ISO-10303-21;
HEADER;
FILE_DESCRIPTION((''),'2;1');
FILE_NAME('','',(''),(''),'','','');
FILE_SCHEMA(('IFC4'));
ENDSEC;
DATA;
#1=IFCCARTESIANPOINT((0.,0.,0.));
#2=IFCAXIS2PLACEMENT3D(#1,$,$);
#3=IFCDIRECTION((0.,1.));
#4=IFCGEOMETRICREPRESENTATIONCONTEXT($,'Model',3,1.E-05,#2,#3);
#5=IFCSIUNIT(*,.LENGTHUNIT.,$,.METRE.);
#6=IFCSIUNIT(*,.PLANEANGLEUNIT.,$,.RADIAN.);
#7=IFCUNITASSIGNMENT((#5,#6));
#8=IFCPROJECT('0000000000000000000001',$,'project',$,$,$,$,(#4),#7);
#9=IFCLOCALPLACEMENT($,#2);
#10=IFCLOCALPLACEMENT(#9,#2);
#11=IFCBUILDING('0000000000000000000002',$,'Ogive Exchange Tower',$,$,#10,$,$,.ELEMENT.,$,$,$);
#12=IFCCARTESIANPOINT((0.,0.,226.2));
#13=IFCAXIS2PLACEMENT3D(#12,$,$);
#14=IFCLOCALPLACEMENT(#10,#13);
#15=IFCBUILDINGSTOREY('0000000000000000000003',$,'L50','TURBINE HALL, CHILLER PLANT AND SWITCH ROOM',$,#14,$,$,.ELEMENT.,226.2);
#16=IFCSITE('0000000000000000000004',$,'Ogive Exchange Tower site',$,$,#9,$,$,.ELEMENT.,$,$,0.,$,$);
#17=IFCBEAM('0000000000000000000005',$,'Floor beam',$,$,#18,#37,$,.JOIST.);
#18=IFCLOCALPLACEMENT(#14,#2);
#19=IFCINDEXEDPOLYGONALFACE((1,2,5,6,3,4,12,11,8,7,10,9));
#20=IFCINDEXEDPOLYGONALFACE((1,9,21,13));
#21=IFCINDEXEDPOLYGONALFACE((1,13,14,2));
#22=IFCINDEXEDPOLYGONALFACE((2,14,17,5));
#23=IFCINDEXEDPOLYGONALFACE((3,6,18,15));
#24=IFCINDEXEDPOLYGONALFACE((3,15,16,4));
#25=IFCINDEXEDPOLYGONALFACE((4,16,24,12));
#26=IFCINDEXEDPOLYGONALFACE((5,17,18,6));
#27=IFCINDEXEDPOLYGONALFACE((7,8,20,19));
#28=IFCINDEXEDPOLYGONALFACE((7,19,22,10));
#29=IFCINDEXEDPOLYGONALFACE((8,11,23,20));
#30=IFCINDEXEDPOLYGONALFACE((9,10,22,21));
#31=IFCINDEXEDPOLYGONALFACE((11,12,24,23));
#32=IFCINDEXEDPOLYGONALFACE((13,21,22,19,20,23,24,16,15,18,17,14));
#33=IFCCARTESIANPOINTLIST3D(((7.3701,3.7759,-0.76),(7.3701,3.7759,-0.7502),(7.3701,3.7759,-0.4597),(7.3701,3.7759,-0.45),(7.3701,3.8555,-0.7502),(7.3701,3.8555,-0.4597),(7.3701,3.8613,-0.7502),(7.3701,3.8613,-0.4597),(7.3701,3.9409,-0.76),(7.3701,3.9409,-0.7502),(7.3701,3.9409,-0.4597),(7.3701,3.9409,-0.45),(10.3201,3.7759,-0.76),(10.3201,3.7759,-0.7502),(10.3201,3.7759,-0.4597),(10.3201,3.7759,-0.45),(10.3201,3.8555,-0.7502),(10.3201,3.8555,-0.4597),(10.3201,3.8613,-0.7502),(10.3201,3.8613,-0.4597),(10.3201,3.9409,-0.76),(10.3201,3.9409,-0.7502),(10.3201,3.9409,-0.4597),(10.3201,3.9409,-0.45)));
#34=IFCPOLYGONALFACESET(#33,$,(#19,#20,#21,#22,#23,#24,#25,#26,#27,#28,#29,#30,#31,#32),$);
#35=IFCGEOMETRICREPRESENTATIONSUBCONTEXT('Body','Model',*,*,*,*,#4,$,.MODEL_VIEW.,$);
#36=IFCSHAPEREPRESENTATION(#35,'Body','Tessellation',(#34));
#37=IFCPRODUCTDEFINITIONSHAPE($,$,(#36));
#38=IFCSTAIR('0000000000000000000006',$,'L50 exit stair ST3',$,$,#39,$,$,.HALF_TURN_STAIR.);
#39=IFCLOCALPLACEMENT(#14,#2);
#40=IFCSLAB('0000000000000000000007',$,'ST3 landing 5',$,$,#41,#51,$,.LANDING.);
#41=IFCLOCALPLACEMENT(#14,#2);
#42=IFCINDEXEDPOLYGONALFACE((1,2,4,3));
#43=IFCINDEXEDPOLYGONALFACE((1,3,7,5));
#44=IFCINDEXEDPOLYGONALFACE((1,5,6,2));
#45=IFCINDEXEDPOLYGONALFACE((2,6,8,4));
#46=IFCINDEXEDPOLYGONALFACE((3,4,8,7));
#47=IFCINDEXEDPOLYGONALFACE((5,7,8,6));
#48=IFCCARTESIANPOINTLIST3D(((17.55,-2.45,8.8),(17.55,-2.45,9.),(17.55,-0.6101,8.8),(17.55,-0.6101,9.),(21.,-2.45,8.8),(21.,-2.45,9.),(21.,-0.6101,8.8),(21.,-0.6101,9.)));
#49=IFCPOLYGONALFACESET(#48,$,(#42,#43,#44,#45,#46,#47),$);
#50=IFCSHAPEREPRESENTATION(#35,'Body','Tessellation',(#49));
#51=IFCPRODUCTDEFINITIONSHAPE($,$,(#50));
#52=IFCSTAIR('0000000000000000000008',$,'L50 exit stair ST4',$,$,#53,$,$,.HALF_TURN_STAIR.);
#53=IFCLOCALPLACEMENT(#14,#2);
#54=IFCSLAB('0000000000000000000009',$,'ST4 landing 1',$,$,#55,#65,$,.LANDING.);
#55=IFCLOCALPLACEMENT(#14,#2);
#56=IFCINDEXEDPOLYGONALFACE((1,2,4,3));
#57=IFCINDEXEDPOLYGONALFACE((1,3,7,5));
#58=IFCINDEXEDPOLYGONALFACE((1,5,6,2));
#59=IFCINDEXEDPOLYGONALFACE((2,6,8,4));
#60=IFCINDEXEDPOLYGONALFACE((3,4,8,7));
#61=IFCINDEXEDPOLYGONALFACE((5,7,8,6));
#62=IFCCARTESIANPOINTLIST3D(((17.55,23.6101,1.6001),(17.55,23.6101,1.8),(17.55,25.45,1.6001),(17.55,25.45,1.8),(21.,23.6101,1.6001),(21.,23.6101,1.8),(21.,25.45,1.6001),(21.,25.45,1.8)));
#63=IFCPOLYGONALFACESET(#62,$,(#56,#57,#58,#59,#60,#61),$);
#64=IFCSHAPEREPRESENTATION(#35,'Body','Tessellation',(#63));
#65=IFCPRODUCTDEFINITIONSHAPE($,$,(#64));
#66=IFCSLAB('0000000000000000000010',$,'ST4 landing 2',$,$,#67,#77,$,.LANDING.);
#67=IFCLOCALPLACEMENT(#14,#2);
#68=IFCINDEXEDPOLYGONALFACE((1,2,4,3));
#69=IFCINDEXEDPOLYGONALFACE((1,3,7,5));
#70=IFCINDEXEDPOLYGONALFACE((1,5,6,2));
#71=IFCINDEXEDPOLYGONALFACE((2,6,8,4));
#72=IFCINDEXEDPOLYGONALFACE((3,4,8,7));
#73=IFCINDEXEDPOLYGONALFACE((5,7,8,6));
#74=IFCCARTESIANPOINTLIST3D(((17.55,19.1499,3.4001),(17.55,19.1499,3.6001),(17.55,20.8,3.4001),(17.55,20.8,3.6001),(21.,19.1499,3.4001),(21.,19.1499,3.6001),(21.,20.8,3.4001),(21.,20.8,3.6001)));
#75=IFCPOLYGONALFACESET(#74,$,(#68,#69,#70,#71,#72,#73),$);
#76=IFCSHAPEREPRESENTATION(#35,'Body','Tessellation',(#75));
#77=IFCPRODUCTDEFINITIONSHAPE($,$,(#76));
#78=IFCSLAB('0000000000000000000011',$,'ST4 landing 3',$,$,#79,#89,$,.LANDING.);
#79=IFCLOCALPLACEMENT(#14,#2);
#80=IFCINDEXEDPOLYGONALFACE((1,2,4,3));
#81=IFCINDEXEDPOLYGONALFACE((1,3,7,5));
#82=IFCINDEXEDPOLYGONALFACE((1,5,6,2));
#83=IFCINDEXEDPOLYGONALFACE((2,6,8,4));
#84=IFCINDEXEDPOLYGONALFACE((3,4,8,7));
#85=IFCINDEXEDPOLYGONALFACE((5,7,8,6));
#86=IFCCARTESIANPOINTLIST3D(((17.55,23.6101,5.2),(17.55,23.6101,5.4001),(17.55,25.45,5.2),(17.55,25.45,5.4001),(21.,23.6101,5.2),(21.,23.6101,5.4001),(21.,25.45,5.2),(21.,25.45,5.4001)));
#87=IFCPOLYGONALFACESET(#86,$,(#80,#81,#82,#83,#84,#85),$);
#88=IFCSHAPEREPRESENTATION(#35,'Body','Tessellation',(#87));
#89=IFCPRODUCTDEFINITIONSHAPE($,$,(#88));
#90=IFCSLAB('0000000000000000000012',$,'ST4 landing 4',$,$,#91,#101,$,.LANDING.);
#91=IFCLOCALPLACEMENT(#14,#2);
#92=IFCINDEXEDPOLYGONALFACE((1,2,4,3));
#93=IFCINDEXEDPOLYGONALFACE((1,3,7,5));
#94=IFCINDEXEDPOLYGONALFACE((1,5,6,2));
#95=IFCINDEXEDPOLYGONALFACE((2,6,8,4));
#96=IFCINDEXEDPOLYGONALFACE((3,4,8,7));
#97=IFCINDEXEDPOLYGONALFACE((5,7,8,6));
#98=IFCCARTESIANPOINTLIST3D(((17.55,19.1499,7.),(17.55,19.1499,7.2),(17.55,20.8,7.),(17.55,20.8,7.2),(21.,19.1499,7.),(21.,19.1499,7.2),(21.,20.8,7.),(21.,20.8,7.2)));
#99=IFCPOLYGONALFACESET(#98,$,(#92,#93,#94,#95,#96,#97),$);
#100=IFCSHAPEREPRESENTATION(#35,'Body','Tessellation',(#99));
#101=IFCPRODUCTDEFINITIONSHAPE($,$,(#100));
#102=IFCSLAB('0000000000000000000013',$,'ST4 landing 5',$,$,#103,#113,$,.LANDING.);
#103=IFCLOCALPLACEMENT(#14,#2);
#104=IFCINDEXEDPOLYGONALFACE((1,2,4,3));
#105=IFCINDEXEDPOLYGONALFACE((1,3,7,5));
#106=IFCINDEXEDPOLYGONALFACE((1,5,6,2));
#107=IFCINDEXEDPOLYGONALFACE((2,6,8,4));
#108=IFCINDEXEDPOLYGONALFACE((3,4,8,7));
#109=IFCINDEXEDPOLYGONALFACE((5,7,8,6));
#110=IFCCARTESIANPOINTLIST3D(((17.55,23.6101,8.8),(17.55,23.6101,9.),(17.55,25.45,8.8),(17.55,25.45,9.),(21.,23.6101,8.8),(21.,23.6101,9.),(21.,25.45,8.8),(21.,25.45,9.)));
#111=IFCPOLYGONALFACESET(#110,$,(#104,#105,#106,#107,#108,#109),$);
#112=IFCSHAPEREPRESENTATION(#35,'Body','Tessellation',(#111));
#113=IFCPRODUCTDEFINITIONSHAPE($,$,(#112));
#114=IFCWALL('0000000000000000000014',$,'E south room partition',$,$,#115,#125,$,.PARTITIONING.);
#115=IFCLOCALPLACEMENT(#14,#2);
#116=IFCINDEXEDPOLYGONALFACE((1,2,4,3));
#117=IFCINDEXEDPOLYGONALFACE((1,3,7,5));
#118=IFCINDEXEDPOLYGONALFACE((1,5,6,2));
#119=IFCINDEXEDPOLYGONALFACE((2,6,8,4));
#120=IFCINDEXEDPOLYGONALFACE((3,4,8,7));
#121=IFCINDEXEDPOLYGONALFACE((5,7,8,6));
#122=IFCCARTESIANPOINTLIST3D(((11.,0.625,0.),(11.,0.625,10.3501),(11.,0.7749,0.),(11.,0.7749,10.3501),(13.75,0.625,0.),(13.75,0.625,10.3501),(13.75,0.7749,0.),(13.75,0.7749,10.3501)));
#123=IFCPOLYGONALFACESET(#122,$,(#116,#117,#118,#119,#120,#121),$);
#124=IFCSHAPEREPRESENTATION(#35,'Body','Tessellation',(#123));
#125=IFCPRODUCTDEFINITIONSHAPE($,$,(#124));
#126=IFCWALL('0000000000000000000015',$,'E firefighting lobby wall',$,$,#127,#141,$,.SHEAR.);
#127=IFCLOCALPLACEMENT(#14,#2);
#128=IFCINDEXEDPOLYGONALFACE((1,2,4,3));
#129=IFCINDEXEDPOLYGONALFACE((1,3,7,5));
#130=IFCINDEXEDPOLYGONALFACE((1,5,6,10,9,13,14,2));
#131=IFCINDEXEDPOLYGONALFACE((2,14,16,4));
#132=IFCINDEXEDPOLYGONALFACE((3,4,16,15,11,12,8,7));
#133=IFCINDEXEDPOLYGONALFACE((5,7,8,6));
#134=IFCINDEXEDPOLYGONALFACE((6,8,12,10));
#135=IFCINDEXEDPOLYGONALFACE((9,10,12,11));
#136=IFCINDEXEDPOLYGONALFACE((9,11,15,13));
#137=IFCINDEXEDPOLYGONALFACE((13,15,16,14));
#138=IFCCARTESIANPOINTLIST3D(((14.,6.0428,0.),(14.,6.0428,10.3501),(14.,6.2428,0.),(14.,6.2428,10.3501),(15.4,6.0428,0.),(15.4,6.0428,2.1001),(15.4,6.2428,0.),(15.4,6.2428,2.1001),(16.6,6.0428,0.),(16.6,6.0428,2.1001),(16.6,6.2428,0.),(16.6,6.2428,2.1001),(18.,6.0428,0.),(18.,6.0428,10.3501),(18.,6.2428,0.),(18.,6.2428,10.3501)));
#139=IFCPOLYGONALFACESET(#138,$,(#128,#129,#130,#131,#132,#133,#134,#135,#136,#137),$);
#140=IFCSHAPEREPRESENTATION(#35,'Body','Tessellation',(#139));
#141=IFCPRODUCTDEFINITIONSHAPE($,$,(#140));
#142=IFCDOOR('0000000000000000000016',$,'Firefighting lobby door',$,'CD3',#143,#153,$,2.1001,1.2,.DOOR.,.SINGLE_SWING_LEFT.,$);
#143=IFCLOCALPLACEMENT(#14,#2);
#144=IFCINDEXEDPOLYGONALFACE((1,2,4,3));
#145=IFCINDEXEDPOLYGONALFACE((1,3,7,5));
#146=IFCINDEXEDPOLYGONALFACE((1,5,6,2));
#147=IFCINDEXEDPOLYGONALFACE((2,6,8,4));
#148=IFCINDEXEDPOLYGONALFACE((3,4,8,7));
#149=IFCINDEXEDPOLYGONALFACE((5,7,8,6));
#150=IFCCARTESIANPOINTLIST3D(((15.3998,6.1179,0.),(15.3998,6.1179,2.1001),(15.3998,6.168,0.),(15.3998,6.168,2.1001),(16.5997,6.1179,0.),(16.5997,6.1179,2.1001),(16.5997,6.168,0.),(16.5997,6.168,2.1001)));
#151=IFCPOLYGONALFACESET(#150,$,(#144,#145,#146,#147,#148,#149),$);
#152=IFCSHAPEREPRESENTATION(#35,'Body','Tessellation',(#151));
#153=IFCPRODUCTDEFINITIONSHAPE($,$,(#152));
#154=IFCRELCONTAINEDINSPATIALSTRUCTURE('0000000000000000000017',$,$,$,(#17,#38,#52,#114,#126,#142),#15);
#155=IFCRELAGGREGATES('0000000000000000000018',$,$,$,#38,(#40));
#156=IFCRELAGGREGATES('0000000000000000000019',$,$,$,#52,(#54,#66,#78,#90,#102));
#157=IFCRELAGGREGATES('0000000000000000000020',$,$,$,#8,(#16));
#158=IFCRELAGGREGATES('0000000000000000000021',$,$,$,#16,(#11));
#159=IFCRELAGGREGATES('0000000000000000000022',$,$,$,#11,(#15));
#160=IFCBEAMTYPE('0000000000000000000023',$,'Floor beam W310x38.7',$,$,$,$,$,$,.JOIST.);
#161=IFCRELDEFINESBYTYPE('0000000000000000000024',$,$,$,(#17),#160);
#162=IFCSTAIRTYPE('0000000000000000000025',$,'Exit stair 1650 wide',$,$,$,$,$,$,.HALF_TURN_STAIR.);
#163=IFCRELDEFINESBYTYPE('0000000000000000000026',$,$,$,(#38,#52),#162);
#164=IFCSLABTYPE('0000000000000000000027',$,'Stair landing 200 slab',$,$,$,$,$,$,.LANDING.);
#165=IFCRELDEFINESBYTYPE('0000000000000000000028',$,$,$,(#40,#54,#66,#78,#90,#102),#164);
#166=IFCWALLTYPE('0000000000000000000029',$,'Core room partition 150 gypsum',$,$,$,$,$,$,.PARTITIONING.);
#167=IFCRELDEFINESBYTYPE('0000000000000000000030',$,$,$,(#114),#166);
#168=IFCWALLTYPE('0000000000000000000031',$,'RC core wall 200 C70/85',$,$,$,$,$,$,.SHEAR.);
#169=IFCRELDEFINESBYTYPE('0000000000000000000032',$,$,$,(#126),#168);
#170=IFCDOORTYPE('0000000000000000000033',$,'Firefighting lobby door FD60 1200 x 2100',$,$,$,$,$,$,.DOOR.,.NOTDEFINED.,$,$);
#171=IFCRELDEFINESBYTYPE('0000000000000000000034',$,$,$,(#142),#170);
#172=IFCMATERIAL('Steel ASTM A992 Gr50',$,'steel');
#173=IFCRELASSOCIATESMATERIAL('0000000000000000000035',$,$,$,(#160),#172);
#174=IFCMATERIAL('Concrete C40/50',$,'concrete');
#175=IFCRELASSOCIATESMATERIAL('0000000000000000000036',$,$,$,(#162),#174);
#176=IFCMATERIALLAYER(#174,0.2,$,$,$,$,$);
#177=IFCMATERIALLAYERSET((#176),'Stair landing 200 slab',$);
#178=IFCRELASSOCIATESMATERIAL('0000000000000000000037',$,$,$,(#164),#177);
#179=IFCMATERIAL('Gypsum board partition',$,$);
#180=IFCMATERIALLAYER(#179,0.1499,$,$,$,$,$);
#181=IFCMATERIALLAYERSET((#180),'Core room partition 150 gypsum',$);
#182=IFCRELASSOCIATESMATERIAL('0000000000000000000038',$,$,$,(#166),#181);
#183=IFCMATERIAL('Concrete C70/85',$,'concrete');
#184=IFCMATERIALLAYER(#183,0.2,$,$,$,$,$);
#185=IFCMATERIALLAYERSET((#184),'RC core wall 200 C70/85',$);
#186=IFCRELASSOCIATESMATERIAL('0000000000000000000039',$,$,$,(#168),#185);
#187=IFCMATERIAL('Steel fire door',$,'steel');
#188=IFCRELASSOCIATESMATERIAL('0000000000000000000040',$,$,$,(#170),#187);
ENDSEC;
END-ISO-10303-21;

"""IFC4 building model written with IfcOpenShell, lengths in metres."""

from ifc_helpers import new_model, si_unit, direction, frame, frame_2d, origin, origin_2d, place, context, subcontext, project, spatial, polyline, rectangle, i_section, outline, extrude, material, layer, layer_set, material_profile, profile_set, type_object, element, fill, aggregate, save


model = new_model("IFC4")

# Units and contexts
model_context = context("Model", 3, precision=1e-05, world=origin(), true_north=direction((0.0, 1.0)))
body_context = subcontext(model_context, "Body", "Model", "MODEL_VIEW")
ifc_project = project(units=[si_unit("LENGTHUNIT", "METRE"), si_unit("PLANEANGLEUNIT", "RADIAN")], contexts=[model_context])

# Site, building, storey
site_placement = place(None, origin())
site = spatial("IfcSite", under=ifc_project, at=site_placement, Name="Ogive Exchange Tower site", CompositionType="ELEMENT", RefElevation=0.0)
building_placement = place(site_placement, origin())
building = spatial("IfcBuilding", under=site, at=building_placement, Name="Ogive Exchange Tower", CompositionType="ELEMENT")
storey_placement = place(building_placement, frame((0.0, 0.0, 226.2)))
storey = spatial("IfcBuildingStorey", under=building, at=storey_placement, Name="L50", Description="TURBINE HALL, CHILLER PLANT AND SWITCH ROOM", CompositionType="ELEMENT", Elevation=226.2)

# Beam
ifc_material_1 = material(Name="Steel ASTM A992 Gr50", Category="steel")
ifc_material_profile = material_profile(ifc_material_1, i_section(OverallWidth=0.165, OverallDepth=0.3101, WebThickness=0.0059, FlangeThickness=0.0098, at=origin_2d()), Name="W310x38.7")
ifc_profile_set = profile_set([ifc_material_profile], Name="Steel ASTM A992 Gr50")
beam_type = type_object("IfcBeamType", Name="Floor beam W310x38.7", PredefinedType="JOIST", material=ifc_profile_set)
beam_placement = place(storey_placement, frame((7.3701, 3.8584, -0.605), z_axis=(1.0, 0.0, 0.0), x_axis=(0.0, 1.0, 0.0)))
element("IfcBeam", 1, at=beam_placement, inside=storey, type_object=beam_type, Name="Floor beam", PredefinedType="JOIST", context=body_context, shape_type="SweptSolid", body=[
    extrude(i_section(OverallWidth=0.165, OverallDepth=0.3101, WebThickness=0.0059, FlangeThickness=0.0098, at=origin_2d()), origin(), (0.0, 0.0, 1.0), 2.95),
])

# Stair, slab
ifc_material_2 = material(Name="Concrete C40/50", Category="concrete")
stair_type = type_object("IfcStairType", Name="Exit stair 1650 wide", PredefinedType="HALF_TURN_STAIR", material=ifc_material_2)
stair_1_placement = place(storey_placement, origin())
stair_1 = element("IfcStair", 2, at=stair_1_placement, inside=storey, type_object=stair_type, Name="L50 exit stair ST3", PredefinedType="HALF_TURN_STAIR")
ifc_layer_1 = layer(ifc_material_2, 0.2)
ifc_layer_set_1 = layer_set([ifc_layer_1], Name="Stair landing 200 slab")
slab_type = type_object("IfcSlabType", Name="Stair landing 200 slab", PredefinedType="LANDING", material=ifc_layer_set_1)
slab_1_placement = place(storey_placement, frame((0.0, 0.0, 8.8)))
slab_1 = element("IfcSlab", 3, at=slab_1_placement, type_object=slab_type, Name="ST3 landing 5", PredefinedType="LANDING", context=body_context, shape_type="SweptSolid", body=[
    extrude(outline(polyline([(17.55, -0.6101), (17.55, -2.45), (21.0, -2.45), (21.0, -0.6101), (17.55, -0.6101)])), origin(), (0.0, 0.0, 1.0), 0.2),
])
aggregate(stair_1, [slab_1])

# Stair, slabs
stair_2_placement = place(storey_placement, origin())
stair_2 = element("IfcStair", 4, at=stair_2_placement, inside=storey, type_object=stair_type, Name="L50 exit stair ST4", PredefinedType="HALF_TURN_STAIR")
slab_2_placement = place(storey_placement, frame((0.0, 0.0, 1.6001)))
slab_2 = element("IfcSlab", 5, at=slab_2_placement, type_object=slab_type, Name="ST4 landing 1", PredefinedType="LANDING", context=body_context, shape_type="SweptSolid", body=[
    extrude(outline(polyline([(21.0, 23.6101), (21.0, 25.45), (17.55, 25.45), (17.55, 23.6101), (21.0, 23.6101)])), origin(), (0.0, 0.0, 1.0), 0.2),
])
slab_3_placement = place(storey_placement, frame((0.0, 0.0, 3.4001)))
slab_3 = element("IfcSlab", 6, at=slab_3_placement, type_object=slab_type, Name="ST4 landing 2", PredefinedType="LANDING", context=body_context, shape_type="SweptSolid", body=[
    extrude(outline(polyline([(21.0, 19.1499), (21.0, 20.8), (17.55, 20.8), (17.55, 19.1499), (21.0, 19.1499)])), origin(), (0.0, 0.0, 1.0), 0.2),
])
slab_4_placement = place(storey_placement, frame((0.0, 0.0, 5.2)))
slab_4 = element("IfcSlab", 7, at=slab_4_placement, type_object=slab_type, Name="ST4 landing 3", PredefinedType="LANDING", context=body_context, shape_type="SweptSolid", body=[
    extrude(outline(polyline([(21.0, 23.6101), (21.0, 25.45), (17.55, 25.45), (17.55, 23.6101), (21.0, 23.6101)])), origin(), (0.0, 0.0, 1.0), 0.2002),
])
slab_5_placement = place(storey_placement, frame((0.0, 0.0, 7.0)))
slab_5 = element("IfcSlab", 8, at=slab_5_placement, type_object=slab_type, Name="ST4 landing 4", PredefinedType="LANDING", context=body_context, shape_type="SweptSolid", body=[
    extrude(outline(polyline([(21.0, 19.1499), (21.0, 20.8), (17.55, 20.8), (17.55, 19.1499), (21.0, 19.1499)])), origin(), (0.0, 0.0, 1.0), 0.2),
])
slab_6_placement = place(storey_placement, frame((0.0, 0.0, 8.8)))
slab_6 = element("IfcSlab", 9, at=slab_6_placement, type_object=slab_type, Name="ST4 landing 5", PredefinedType="LANDING", context=body_context, shape_type="SweptSolid", body=[
    extrude(outline(polyline([(21.0, 23.6101), (21.0, 25.45), (17.55, 25.45), (17.55, 23.6101), (21.0, 23.6101)])), origin(), (0.0, 0.0, 1.0), 0.2),
])
aggregate(stair_2, [slab_2, slab_3, slab_4, slab_5, slab_6])

# Wall
ifc_material_3 = material(Name="Gypsum board partition")
ifc_layer_2 = layer(ifc_material_3, 0.1499)
ifc_layer_set_2 = layer_set([ifc_layer_2], Name="Core room partition 150 gypsum")
wall_type_1 = type_object("IfcWallType", Name="Core room partition 150 gypsum", PredefinedType="PARTITIONING", material=ifc_layer_set_2)
wall_1_placement = place(storey_placement, frame((11.0, 0.7, 0.0), z_axis=(0.0, 0.0, 1.0), x_axis=(1.0, 0.0, 0.0)))
element("IfcWall", 10, at=wall_1_placement, inside=storey, type_object=wall_type_1, Name="E south room partition", PredefinedType="PARTITIONING", context=body_context, shape_type="SweptSolid", body=[
    extrude(rectangle(XDim=2.75, YDim=0.1499, at=frame_2d((1.375, 0.0))), origin(), (0.0, 0.0, 1.0), 10.3501),
])

# Wall, opening, door
ifc_material_4 = material(Name="Concrete C70/85", Category="concrete")
ifc_layer_3 = layer(ifc_material_4, 0.2)
ifc_layer_set_3 = layer_set([ifc_layer_3], Name="RC core wall 200 C70/85")
wall_type_2 = type_object("IfcWallType", Name="RC core wall 200 C70/85", PredefinedType="SHEAR", material=ifc_layer_set_3)
wall_2_placement = place(storey_placement, frame((14.0, 6.1428, 0.0), z_axis=(0.0, 0.0, 1.0), x_axis=(1.0, 0.0, 0.0)))
wall_2 = element("IfcWall", 11, at=wall_2_placement, inside=storey, type_object=wall_type_2, Name="E firefighting lobby wall", PredefinedType="SHEAR", context=body_context, shape_type="SweptSolid", body=[
    extrude(rectangle(XDim=4.0, YDim=0.2, at=frame_2d((2.0, 0.0))), origin(), (0.0, 0.0, 1.0), 10.3501),
])
opening_1_placement = place(wall_2_placement, frame((1.3999, 0.0, 0.0)))
opening_1 = element("IfcOpeningElement", 12, at=opening_1_placement, cuts=wall_2, PredefinedType="OPENING", context=body_context, shape_type="SweptSolid", body=[
    extrude(rectangle(XDim=1.2, YDim=2.1001, at=frame_2d((0.6001, 1.05))), frame((0.0, 0.1099, 0.0), z_axis=(0.0, -1.0, 0.0), x_axis=(1.0, 0.0, 0.0)), (0.0, 0.0, 1.0), 0.22),
])
ifc_material_5 = material(Name="Steel fire door", Category="steel")
door_type_1 = type_object("IfcDoorType", Name="Firefighting lobby door FD60 1200 x 2100", OperationType="NOTDEFINED", PredefinedType="DOOR", material=ifc_material_5)
door_1_placement = place(opening_1_placement, frame((1.2, 0.0, 0.0), z_axis=(0.0, 0.0, 1.0), x_axis=(-1.0, 0.0, 0.0)))
door_1 = element("IfcDoor", 13, at=door_1_placement, inside=storey, type_object=door_type_1, Name="Firefighting lobby door", ObjectType="CD3", OperationType="SINGLE_SWING_LEFT", OverallHeight=2.1001, OverallWidth=1.2, PredefinedType="DOOR", context=body_context, shape_type="SweptSolid", body=[
    extrude(rectangle(XDim=1.2, YDim=2.1001, at=frame_2d((0.6001, 1.05))), frame((0.0, 0.0249, 0.0), z_axis=(0.0, -1.0, 0.0), x_axis=(1.0, 0.0, 0.0)), (0.0, 0.0, 1.0), 0.05),
])
fill(opening_1, door_1)

save(model, "model.ifc")
